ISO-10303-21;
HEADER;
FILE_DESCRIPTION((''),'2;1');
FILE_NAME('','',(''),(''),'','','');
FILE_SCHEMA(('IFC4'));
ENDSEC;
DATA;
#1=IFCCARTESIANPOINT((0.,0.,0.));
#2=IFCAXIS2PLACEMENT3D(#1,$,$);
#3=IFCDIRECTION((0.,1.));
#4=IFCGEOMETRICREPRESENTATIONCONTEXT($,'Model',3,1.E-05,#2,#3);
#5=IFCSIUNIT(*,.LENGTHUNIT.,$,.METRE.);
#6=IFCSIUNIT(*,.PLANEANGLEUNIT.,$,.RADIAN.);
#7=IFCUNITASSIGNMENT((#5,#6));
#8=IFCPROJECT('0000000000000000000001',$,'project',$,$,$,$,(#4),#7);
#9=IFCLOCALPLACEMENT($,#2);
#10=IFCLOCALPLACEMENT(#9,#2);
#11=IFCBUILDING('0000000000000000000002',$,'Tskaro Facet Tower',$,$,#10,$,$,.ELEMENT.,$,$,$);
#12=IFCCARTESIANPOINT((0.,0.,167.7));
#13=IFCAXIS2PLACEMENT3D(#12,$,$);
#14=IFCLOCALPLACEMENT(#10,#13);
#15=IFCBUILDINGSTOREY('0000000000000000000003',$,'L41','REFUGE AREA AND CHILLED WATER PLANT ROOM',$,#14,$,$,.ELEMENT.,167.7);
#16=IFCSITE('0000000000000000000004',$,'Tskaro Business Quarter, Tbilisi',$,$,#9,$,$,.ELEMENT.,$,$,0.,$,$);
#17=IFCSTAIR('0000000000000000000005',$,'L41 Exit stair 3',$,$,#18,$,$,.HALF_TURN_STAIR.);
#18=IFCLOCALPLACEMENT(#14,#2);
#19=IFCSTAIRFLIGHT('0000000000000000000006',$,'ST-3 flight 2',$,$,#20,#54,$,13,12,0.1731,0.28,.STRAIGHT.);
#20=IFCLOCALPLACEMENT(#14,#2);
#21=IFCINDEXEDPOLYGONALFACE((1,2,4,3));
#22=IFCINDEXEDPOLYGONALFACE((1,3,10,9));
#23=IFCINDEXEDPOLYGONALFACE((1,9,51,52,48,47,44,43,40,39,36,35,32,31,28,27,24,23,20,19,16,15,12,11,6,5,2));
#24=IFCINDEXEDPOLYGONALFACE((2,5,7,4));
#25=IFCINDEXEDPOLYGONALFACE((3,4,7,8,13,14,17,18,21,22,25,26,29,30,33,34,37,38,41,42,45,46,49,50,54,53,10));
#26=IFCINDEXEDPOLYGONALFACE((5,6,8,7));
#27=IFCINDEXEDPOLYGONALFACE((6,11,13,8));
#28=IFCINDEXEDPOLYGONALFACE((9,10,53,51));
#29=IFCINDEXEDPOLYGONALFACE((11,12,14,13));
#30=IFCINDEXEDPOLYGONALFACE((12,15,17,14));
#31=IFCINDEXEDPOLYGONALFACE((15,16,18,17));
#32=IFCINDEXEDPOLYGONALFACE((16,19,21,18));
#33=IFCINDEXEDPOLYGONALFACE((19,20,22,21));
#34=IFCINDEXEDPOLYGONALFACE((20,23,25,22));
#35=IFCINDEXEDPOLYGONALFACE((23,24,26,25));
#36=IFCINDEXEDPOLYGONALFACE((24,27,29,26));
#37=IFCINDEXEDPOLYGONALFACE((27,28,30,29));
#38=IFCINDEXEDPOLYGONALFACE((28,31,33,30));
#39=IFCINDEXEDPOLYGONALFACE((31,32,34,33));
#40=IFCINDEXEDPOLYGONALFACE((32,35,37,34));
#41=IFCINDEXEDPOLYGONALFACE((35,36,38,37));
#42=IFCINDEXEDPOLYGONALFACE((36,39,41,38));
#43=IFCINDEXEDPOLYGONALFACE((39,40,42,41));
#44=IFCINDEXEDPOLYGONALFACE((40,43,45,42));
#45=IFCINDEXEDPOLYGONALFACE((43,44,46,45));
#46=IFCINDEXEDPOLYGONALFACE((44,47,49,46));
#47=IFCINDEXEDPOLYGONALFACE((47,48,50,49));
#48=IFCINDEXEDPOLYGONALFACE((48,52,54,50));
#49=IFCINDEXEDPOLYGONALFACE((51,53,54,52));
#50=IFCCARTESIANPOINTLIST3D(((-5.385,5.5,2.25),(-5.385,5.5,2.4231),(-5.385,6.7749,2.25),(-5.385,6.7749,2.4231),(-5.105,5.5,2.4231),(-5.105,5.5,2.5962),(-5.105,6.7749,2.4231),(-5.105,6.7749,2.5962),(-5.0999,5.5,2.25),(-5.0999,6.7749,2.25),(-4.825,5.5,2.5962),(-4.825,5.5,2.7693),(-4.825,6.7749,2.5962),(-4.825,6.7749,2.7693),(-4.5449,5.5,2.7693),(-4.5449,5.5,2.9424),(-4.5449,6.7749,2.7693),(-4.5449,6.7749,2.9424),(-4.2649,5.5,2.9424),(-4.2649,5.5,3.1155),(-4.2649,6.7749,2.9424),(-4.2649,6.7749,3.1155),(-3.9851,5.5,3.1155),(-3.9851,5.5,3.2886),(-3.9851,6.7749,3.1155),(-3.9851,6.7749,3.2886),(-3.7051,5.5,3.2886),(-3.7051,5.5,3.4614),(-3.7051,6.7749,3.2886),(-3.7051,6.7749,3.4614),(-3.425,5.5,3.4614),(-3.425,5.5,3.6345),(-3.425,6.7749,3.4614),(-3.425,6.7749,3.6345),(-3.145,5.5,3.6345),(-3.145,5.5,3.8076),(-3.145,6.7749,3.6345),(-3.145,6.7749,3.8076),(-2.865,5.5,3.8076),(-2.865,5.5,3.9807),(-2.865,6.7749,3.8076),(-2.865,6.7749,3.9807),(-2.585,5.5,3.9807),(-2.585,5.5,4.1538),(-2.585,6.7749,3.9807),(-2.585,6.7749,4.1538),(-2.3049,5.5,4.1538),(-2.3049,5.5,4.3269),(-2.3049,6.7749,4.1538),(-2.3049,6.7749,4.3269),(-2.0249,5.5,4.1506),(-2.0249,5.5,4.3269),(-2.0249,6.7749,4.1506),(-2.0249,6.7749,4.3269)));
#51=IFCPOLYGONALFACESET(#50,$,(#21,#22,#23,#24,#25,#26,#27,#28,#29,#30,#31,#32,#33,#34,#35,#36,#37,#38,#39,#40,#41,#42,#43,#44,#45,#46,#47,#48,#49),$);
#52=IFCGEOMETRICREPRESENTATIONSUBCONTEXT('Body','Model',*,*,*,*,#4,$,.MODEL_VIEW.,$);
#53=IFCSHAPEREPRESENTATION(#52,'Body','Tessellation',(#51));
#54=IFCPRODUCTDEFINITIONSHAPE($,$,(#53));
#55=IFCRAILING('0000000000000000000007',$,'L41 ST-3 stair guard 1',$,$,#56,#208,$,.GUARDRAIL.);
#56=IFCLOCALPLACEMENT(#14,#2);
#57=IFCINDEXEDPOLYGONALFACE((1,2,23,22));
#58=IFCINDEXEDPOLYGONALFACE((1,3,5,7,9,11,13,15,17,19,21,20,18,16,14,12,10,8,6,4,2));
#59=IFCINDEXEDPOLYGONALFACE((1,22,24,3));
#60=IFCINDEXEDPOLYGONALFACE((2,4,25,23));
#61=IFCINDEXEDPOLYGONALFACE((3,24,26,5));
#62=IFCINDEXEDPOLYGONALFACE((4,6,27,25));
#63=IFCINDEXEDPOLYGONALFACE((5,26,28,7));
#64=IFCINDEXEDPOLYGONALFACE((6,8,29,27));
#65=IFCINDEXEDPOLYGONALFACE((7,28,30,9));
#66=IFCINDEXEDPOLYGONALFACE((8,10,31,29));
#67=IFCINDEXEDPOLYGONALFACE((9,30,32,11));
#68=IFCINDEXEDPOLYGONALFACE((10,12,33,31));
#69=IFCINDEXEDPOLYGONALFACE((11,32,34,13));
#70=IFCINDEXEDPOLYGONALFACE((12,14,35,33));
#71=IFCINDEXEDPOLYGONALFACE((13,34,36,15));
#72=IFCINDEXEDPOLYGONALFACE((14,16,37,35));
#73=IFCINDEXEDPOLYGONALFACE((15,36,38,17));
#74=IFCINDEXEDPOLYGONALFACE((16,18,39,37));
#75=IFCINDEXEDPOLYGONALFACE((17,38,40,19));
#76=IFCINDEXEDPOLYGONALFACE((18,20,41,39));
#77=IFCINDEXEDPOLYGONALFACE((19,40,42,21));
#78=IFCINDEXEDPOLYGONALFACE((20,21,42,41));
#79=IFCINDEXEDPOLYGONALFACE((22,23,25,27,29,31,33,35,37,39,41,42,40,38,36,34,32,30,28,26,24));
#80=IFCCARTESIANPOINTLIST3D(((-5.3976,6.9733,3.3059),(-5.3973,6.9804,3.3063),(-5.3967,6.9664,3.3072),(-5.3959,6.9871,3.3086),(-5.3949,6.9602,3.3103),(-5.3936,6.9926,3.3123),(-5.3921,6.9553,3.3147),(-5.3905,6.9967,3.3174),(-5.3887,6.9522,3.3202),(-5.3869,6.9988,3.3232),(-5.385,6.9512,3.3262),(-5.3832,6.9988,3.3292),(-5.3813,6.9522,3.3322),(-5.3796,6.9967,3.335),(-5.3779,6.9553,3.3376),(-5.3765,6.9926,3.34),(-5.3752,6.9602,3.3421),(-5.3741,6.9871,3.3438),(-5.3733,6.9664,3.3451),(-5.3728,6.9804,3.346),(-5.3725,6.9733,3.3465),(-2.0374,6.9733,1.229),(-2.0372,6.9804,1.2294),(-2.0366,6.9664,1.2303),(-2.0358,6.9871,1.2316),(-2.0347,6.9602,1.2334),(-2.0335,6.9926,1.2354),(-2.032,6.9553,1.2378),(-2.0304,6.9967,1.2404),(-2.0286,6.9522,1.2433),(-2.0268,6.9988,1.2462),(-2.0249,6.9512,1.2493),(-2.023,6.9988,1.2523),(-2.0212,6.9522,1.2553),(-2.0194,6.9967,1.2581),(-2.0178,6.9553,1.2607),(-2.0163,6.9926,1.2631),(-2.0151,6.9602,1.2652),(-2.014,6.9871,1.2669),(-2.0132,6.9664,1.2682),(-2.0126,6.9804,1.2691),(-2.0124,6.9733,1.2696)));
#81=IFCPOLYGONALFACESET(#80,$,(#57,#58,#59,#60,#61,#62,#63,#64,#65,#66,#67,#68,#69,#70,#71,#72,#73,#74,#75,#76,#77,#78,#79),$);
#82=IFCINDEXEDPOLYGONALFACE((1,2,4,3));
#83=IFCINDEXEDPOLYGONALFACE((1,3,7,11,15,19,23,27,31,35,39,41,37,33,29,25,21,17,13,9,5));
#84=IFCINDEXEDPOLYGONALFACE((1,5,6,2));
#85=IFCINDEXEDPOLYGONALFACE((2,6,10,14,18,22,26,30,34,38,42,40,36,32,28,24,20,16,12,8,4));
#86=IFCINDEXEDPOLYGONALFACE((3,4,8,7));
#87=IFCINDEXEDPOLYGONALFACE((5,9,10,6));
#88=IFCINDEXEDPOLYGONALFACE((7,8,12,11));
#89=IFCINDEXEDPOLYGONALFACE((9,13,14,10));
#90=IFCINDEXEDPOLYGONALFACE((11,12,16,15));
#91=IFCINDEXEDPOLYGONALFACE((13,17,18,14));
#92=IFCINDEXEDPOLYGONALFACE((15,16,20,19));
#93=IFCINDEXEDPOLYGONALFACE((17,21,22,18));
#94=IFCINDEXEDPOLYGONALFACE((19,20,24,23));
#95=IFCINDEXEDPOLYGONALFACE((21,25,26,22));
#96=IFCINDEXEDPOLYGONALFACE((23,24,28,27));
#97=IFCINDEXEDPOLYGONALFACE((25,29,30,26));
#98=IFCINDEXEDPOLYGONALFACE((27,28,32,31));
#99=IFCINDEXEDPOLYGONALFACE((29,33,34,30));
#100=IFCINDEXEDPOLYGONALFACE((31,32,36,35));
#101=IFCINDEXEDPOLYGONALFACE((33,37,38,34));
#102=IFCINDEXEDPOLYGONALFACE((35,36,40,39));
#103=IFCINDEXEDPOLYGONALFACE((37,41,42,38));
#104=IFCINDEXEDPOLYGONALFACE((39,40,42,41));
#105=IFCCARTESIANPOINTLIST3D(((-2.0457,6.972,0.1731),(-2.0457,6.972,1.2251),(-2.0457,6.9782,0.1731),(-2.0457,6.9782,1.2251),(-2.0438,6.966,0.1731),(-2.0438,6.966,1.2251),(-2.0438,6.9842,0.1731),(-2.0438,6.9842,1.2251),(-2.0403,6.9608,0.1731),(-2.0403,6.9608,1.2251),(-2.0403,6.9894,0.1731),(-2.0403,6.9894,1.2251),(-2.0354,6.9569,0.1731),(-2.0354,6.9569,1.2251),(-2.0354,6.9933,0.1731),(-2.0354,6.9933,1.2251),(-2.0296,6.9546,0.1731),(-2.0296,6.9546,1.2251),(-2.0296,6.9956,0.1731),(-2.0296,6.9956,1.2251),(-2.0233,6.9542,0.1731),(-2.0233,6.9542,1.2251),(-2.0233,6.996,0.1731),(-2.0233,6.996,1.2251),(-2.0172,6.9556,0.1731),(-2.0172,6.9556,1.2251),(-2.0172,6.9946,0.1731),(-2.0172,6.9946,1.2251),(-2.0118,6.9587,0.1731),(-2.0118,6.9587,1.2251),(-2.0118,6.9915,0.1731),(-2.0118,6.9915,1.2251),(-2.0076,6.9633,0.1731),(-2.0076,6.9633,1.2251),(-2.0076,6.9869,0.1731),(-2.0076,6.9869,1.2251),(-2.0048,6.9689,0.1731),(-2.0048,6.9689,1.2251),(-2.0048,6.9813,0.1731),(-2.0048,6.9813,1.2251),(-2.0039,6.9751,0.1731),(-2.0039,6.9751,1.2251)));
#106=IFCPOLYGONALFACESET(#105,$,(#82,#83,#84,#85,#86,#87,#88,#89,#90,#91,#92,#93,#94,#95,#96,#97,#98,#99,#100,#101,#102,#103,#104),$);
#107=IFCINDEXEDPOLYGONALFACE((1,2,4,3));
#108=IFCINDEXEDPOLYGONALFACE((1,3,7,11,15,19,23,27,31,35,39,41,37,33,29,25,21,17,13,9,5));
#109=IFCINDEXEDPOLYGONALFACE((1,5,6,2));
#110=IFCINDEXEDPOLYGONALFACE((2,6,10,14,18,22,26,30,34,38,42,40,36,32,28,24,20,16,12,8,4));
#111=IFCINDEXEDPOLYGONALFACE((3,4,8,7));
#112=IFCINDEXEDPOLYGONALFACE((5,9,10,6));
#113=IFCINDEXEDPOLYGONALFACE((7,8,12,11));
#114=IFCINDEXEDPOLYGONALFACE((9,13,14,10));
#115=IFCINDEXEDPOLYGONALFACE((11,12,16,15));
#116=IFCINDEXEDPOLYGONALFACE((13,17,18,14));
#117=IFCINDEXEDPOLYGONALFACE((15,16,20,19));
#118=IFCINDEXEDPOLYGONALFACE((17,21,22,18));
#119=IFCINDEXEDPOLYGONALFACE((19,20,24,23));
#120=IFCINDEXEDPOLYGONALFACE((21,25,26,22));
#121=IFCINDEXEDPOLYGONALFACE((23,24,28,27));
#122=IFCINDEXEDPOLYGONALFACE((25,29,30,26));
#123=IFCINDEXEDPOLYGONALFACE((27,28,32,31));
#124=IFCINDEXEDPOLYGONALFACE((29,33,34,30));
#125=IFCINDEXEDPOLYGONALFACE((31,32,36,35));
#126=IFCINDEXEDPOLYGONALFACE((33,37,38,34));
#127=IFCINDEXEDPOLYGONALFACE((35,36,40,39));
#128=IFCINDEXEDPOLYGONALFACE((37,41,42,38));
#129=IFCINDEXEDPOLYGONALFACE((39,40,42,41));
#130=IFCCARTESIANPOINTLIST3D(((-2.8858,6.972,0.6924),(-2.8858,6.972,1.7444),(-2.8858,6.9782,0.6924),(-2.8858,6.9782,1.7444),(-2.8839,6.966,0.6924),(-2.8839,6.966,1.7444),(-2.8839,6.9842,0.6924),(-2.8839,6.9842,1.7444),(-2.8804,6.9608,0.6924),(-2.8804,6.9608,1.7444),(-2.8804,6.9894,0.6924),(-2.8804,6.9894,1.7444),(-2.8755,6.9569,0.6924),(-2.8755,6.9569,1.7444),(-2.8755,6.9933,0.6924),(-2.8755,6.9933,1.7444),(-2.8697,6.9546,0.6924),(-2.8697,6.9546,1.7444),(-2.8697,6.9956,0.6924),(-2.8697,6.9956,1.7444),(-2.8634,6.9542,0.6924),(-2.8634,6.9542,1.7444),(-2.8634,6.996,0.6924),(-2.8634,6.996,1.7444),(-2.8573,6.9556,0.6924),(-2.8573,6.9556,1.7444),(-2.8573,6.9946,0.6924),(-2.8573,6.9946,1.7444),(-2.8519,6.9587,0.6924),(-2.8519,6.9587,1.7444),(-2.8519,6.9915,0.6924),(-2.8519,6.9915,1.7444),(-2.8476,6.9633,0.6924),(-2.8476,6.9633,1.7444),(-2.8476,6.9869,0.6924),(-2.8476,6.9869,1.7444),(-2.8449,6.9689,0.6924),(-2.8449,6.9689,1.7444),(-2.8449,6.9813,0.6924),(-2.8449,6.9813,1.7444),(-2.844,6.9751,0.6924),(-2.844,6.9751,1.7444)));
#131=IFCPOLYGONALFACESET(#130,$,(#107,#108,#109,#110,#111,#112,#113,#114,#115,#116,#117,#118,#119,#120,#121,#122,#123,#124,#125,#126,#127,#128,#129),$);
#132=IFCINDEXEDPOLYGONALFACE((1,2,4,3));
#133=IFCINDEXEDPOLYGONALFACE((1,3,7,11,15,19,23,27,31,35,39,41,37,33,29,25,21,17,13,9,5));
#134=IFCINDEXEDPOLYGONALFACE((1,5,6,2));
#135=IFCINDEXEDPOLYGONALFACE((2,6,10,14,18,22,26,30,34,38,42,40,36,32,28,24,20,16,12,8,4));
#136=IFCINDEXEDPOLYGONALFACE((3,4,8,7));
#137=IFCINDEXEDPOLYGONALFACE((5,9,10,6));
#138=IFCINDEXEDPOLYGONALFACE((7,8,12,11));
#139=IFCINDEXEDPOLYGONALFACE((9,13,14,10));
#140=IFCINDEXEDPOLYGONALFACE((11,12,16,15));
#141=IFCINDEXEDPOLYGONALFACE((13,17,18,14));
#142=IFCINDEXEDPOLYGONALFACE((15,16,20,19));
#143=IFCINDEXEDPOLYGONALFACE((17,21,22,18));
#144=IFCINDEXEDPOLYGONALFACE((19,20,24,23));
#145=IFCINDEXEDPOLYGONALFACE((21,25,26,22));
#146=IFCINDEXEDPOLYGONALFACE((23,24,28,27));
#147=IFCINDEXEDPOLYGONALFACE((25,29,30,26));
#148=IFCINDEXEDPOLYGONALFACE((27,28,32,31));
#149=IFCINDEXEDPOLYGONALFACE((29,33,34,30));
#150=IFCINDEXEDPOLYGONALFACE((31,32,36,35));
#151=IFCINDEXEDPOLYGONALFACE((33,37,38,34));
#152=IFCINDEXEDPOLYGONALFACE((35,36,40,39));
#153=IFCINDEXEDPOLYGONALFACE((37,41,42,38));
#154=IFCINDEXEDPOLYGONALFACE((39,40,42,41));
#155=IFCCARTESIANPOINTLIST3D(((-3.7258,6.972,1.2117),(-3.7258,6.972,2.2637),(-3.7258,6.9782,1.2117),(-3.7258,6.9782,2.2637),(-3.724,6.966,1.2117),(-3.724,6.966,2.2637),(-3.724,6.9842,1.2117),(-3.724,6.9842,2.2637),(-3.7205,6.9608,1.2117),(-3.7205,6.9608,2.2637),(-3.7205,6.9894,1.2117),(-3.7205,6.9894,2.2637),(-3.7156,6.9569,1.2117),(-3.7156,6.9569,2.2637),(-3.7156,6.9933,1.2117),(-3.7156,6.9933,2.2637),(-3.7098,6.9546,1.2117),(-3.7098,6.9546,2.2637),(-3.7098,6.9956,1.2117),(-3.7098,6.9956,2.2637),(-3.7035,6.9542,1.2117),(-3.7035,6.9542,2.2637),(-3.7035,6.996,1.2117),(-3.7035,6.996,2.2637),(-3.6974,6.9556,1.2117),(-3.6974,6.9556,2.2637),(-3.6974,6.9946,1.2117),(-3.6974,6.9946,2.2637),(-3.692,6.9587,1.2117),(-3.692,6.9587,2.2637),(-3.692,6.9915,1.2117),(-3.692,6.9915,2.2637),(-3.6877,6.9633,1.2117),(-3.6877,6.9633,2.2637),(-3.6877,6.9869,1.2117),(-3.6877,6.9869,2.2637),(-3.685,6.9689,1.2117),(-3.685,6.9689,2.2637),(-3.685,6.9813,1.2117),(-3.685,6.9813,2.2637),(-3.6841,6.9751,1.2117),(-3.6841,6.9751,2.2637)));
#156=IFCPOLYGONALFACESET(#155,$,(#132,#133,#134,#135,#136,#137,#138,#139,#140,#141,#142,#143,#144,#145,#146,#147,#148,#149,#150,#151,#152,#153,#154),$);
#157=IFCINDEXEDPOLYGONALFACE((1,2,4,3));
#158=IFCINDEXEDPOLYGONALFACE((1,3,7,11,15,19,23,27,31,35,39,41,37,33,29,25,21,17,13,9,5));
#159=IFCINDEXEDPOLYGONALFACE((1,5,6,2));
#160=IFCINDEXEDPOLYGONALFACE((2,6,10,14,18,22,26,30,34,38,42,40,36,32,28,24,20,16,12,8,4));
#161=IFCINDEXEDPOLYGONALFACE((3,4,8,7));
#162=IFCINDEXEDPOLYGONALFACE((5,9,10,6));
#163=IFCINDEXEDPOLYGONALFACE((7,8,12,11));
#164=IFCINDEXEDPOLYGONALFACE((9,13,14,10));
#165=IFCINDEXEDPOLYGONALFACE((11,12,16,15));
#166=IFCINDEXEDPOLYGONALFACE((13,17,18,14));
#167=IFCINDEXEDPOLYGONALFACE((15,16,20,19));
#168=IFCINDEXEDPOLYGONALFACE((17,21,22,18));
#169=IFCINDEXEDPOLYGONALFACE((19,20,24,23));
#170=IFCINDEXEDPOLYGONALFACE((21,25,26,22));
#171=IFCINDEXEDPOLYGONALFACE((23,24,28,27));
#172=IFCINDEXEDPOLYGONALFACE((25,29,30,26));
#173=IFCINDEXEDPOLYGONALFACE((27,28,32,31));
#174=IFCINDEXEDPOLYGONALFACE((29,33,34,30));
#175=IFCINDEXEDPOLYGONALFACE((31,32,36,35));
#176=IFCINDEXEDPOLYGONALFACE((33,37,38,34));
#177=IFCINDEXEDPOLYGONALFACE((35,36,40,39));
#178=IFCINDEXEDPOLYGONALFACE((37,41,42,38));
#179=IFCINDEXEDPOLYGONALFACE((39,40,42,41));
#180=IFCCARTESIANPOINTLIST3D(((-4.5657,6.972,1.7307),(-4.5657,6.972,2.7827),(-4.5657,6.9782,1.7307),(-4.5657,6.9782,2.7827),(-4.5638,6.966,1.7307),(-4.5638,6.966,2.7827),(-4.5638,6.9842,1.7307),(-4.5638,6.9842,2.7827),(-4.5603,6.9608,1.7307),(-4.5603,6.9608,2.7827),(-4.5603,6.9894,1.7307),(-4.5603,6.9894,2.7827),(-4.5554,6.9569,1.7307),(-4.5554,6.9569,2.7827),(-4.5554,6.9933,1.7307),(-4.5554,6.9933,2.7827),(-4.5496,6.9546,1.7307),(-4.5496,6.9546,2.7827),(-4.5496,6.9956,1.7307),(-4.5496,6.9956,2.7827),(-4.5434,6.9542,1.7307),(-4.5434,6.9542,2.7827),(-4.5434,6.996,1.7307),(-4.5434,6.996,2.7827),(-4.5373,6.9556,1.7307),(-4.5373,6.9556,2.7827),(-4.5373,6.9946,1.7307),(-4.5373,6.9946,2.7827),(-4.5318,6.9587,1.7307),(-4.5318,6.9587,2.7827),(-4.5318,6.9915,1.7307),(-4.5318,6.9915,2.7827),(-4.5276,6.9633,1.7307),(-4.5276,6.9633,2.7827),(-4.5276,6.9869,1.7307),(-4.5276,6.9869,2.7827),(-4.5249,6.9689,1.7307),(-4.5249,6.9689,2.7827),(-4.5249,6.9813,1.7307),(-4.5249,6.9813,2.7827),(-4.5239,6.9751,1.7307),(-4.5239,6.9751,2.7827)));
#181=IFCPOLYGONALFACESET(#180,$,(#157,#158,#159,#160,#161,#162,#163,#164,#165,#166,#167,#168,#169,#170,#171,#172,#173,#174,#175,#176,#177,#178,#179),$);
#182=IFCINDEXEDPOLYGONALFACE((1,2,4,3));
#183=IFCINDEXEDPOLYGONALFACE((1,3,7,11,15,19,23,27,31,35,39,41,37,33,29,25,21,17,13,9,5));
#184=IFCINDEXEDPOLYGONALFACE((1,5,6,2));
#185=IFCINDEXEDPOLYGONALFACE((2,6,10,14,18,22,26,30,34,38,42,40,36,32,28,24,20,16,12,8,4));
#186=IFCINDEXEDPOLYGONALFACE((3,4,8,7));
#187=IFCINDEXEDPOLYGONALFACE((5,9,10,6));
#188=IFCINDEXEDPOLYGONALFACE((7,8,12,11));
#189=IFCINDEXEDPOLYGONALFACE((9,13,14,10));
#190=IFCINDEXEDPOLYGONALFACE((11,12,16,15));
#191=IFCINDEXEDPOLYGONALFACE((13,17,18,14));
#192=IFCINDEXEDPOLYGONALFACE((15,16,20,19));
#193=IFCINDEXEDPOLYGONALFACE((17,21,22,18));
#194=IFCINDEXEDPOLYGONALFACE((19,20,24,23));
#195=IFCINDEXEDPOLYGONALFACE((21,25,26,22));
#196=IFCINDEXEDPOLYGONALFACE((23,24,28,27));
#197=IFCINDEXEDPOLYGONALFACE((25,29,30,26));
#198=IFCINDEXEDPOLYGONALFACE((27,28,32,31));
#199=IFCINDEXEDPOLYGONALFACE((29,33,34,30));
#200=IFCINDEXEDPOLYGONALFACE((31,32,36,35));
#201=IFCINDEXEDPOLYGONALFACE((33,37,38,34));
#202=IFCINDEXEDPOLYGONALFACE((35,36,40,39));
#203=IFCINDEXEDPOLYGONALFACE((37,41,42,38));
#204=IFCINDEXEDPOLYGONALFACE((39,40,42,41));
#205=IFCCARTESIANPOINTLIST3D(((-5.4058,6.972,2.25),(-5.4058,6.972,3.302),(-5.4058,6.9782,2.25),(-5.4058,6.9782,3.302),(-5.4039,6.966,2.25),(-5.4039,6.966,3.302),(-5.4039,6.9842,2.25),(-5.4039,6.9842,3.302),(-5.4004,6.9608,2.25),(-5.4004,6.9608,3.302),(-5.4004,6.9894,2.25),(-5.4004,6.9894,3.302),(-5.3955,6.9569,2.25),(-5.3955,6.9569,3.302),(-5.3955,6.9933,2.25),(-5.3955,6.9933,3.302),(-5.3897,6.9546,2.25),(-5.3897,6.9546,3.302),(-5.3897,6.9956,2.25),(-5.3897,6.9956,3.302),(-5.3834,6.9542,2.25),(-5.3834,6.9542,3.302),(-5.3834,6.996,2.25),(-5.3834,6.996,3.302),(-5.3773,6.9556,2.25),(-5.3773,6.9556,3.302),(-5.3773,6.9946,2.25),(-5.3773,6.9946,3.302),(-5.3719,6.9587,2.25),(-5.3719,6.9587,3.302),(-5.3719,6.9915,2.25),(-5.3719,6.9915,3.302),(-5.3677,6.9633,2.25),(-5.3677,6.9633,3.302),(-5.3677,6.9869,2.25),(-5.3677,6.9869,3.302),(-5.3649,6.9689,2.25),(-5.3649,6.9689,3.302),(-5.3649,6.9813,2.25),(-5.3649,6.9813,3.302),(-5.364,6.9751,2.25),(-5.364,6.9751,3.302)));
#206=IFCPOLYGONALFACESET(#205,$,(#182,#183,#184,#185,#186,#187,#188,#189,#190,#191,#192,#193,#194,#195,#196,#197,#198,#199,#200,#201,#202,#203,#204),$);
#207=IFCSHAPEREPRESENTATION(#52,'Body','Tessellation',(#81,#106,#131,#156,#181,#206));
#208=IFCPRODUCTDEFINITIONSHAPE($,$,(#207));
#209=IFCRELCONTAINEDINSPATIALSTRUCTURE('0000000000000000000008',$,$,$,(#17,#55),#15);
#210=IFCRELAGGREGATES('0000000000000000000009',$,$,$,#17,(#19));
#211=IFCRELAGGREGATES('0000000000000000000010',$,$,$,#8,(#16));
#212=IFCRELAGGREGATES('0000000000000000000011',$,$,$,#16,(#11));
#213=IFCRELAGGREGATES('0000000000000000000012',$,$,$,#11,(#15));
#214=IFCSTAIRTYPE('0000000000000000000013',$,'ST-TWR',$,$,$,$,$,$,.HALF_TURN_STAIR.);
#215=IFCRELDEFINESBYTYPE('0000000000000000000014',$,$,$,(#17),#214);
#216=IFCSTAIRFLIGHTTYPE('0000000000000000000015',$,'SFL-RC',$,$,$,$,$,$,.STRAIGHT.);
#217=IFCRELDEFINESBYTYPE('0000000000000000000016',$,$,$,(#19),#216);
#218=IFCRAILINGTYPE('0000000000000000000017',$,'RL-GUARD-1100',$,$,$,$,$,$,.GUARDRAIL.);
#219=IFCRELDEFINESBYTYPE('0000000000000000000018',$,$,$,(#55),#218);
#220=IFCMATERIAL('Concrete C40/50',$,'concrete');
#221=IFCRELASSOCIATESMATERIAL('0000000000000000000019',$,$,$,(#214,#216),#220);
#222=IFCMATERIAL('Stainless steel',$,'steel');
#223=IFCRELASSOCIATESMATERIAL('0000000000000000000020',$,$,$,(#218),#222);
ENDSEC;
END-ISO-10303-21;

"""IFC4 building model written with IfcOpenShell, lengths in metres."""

from ifc_helpers import new_model, si_unit, direction, frame, origin, origin_2d, place, context, subcontext, project, spatial, polyline, circle, outline, extrude, material, type_object, element, aggregate, save


model = new_model("IFC4")

# Units and contexts
model_context = context("Model", 3, precision=1e-05, world=origin(), true_north=direction((0.0, 1.0)))
body_context = subcontext(model_context, "Body", "Model", "MODEL_VIEW")
ifc_project = project(units=[si_unit("LENGTHUNIT", "METRE"), si_unit("PLANEANGLEUNIT", "RADIAN")], contexts=[model_context])

# Site, building, storey
site_placement = place(None, origin())
site = spatial("IfcSite", under=ifc_project, at=site_placement, Name="Tskaro Business Quarter, Tbilisi", CompositionType="ELEMENT", RefElevation=0.0)
building_placement = place(site_placement, origin())
building = spatial("IfcBuilding", under=site, at=building_placement, Name="Tskaro Facet Tower", CompositionType="ELEMENT")
storey_placement = place(building_placement, frame((0.0, 0.0, 167.7)))
storey = spatial("IfcBuildingStorey", under=building, at=storey_placement, Name="L41", Description="REFUGE AREA AND CHILLED WATER PLANT ROOM", CompositionType="ELEMENT", Elevation=167.7)

# Stair
ifc_material_1 = material(Name="Concrete C40/50", Category="concrete")
stair_type = type_object("IfcStairType", Name="ST-TWR", PredefinedType="HALF_TURN_STAIR", material=ifc_material_1)
stair_1_placement = place(storey_placement, origin())
stair_1 = element("IfcStair", 1, at=stair_1_placement, inside=storey, type_object=stair_type, Name="L41 Exit stair 3", PredefinedType="HALF_TURN_STAIR")

# Stair flight
stair_flight_type = type_object("IfcStairFlightType", Name="SFL-RC", PredefinedType="STRAIGHT", material=ifc_material_1)
stair_flight_placement = place(storey_placement, frame((-5.385, 6.1375, 2.25), z_axis=(0.0, 0.0, 1.0), x_axis=(1.0, 0.0, 0.0)))
stair_flight = element("IfcStairFlight", 2, at=stair_flight_placement, type_object=stair_flight_type, Name="ST-3 flight 2", NumberOfRisers=13, NumberOfTreads=12, PredefinedType="STRAIGHT", RiserHeight=0.1731, TreadLength=0.28, context=body_context, shape_type="SweptSolid", body=[
    extrude(outline(polyline([(0.0, 0.0), (0.0, 0.1731), (0.28, 0.1731), (0.28, 0.3462), (0.5601, 0.3462), (0.5601, 0.5193), (0.8401, 0.5193), (0.8401, 0.6924), (1.1201, 0.6924), (1.1201, 0.8655), (1.3999, 0.8655), (1.3999, 1.0386), (1.6799, 1.0386), (1.6799, 1.2114), (1.96, 1.2114), (1.96, 1.3845), (2.24, 1.3845), (2.24, 1.5576), (2.52, 1.5576), (2.52, 1.7307), (2.8, 1.7307), (2.8, 1.9038), (3.0801, 1.9038), (3.0801, 2.0769), (3.3601, 2.0769), (3.3601, 2.25), (3.3601, 1.9006), (0.2852, 0.0), (0.0, 0.0)])), frame((0.0, 0.6375, 0.0), z_axis=(0.0, -1.0, 0.0), x_axis=(1.0, 0.0, 0.0)), (0.0, 0.0, 1.0), 1.2749),
])
aggregate(stair_1, [stair_flight])

# Railing
ifc_material_2 = material(Name="Stainless steel", Category="steel")
railing_type_1 = type_object("IfcRailingType", Name="RL-GUARD-1100", PredefinedType="GUARDRAIL", material=ifc_material_2)
railing_1_placement = place(storey_placement, frame((-2.0249, 6.9751, 0.1731)))
element("IfcRailing", 3, at=railing_1_placement, inside=storey, type_object=railing_type_1, Name="L41 ST-3 stair guard 1", PredefinedType="GUARDRAIL", context=body_context, shape_type="SweptSolid", body=[
    extrude(circle(Radius=0.0239, at=origin_2d()), frame((0.0, 0.0, 1.0762), z_axis=(-0.850623, 0.0, 0.525776), x_axis=(0.0, -1.0, 0.0)), (0.0, 0.0, 1.0), 3.9502),
    extrude(circle(Radius=0.021, at=origin_2d()), origin(), (0.0, 0.0, 1.0), 1.052),
    extrude(circle(Radius=0.021, at=origin_2d()), frame((-0.8401, 0.0, 0.5193)), (0.0, 0.0, 1.0), 1.052),
    extrude(circle(Radius=0.021, at=origin_2d()), frame((-1.6802, 0.0, 1.0386)), (0.0, 0.0, 1.0), 1.052),
    extrude(circle(Radius=0.021, at=origin_2d()), frame((-2.52, 0.0, 1.5576)), (0.0, 0.0, 1.0), 1.052),
    extrude(circle(Radius=0.021, at=origin_2d()), frame((-3.3601, 0.0, 2.0769)), (0.0, 0.0, 1.0), 1.052),
])

save(model, "model.ifc")
